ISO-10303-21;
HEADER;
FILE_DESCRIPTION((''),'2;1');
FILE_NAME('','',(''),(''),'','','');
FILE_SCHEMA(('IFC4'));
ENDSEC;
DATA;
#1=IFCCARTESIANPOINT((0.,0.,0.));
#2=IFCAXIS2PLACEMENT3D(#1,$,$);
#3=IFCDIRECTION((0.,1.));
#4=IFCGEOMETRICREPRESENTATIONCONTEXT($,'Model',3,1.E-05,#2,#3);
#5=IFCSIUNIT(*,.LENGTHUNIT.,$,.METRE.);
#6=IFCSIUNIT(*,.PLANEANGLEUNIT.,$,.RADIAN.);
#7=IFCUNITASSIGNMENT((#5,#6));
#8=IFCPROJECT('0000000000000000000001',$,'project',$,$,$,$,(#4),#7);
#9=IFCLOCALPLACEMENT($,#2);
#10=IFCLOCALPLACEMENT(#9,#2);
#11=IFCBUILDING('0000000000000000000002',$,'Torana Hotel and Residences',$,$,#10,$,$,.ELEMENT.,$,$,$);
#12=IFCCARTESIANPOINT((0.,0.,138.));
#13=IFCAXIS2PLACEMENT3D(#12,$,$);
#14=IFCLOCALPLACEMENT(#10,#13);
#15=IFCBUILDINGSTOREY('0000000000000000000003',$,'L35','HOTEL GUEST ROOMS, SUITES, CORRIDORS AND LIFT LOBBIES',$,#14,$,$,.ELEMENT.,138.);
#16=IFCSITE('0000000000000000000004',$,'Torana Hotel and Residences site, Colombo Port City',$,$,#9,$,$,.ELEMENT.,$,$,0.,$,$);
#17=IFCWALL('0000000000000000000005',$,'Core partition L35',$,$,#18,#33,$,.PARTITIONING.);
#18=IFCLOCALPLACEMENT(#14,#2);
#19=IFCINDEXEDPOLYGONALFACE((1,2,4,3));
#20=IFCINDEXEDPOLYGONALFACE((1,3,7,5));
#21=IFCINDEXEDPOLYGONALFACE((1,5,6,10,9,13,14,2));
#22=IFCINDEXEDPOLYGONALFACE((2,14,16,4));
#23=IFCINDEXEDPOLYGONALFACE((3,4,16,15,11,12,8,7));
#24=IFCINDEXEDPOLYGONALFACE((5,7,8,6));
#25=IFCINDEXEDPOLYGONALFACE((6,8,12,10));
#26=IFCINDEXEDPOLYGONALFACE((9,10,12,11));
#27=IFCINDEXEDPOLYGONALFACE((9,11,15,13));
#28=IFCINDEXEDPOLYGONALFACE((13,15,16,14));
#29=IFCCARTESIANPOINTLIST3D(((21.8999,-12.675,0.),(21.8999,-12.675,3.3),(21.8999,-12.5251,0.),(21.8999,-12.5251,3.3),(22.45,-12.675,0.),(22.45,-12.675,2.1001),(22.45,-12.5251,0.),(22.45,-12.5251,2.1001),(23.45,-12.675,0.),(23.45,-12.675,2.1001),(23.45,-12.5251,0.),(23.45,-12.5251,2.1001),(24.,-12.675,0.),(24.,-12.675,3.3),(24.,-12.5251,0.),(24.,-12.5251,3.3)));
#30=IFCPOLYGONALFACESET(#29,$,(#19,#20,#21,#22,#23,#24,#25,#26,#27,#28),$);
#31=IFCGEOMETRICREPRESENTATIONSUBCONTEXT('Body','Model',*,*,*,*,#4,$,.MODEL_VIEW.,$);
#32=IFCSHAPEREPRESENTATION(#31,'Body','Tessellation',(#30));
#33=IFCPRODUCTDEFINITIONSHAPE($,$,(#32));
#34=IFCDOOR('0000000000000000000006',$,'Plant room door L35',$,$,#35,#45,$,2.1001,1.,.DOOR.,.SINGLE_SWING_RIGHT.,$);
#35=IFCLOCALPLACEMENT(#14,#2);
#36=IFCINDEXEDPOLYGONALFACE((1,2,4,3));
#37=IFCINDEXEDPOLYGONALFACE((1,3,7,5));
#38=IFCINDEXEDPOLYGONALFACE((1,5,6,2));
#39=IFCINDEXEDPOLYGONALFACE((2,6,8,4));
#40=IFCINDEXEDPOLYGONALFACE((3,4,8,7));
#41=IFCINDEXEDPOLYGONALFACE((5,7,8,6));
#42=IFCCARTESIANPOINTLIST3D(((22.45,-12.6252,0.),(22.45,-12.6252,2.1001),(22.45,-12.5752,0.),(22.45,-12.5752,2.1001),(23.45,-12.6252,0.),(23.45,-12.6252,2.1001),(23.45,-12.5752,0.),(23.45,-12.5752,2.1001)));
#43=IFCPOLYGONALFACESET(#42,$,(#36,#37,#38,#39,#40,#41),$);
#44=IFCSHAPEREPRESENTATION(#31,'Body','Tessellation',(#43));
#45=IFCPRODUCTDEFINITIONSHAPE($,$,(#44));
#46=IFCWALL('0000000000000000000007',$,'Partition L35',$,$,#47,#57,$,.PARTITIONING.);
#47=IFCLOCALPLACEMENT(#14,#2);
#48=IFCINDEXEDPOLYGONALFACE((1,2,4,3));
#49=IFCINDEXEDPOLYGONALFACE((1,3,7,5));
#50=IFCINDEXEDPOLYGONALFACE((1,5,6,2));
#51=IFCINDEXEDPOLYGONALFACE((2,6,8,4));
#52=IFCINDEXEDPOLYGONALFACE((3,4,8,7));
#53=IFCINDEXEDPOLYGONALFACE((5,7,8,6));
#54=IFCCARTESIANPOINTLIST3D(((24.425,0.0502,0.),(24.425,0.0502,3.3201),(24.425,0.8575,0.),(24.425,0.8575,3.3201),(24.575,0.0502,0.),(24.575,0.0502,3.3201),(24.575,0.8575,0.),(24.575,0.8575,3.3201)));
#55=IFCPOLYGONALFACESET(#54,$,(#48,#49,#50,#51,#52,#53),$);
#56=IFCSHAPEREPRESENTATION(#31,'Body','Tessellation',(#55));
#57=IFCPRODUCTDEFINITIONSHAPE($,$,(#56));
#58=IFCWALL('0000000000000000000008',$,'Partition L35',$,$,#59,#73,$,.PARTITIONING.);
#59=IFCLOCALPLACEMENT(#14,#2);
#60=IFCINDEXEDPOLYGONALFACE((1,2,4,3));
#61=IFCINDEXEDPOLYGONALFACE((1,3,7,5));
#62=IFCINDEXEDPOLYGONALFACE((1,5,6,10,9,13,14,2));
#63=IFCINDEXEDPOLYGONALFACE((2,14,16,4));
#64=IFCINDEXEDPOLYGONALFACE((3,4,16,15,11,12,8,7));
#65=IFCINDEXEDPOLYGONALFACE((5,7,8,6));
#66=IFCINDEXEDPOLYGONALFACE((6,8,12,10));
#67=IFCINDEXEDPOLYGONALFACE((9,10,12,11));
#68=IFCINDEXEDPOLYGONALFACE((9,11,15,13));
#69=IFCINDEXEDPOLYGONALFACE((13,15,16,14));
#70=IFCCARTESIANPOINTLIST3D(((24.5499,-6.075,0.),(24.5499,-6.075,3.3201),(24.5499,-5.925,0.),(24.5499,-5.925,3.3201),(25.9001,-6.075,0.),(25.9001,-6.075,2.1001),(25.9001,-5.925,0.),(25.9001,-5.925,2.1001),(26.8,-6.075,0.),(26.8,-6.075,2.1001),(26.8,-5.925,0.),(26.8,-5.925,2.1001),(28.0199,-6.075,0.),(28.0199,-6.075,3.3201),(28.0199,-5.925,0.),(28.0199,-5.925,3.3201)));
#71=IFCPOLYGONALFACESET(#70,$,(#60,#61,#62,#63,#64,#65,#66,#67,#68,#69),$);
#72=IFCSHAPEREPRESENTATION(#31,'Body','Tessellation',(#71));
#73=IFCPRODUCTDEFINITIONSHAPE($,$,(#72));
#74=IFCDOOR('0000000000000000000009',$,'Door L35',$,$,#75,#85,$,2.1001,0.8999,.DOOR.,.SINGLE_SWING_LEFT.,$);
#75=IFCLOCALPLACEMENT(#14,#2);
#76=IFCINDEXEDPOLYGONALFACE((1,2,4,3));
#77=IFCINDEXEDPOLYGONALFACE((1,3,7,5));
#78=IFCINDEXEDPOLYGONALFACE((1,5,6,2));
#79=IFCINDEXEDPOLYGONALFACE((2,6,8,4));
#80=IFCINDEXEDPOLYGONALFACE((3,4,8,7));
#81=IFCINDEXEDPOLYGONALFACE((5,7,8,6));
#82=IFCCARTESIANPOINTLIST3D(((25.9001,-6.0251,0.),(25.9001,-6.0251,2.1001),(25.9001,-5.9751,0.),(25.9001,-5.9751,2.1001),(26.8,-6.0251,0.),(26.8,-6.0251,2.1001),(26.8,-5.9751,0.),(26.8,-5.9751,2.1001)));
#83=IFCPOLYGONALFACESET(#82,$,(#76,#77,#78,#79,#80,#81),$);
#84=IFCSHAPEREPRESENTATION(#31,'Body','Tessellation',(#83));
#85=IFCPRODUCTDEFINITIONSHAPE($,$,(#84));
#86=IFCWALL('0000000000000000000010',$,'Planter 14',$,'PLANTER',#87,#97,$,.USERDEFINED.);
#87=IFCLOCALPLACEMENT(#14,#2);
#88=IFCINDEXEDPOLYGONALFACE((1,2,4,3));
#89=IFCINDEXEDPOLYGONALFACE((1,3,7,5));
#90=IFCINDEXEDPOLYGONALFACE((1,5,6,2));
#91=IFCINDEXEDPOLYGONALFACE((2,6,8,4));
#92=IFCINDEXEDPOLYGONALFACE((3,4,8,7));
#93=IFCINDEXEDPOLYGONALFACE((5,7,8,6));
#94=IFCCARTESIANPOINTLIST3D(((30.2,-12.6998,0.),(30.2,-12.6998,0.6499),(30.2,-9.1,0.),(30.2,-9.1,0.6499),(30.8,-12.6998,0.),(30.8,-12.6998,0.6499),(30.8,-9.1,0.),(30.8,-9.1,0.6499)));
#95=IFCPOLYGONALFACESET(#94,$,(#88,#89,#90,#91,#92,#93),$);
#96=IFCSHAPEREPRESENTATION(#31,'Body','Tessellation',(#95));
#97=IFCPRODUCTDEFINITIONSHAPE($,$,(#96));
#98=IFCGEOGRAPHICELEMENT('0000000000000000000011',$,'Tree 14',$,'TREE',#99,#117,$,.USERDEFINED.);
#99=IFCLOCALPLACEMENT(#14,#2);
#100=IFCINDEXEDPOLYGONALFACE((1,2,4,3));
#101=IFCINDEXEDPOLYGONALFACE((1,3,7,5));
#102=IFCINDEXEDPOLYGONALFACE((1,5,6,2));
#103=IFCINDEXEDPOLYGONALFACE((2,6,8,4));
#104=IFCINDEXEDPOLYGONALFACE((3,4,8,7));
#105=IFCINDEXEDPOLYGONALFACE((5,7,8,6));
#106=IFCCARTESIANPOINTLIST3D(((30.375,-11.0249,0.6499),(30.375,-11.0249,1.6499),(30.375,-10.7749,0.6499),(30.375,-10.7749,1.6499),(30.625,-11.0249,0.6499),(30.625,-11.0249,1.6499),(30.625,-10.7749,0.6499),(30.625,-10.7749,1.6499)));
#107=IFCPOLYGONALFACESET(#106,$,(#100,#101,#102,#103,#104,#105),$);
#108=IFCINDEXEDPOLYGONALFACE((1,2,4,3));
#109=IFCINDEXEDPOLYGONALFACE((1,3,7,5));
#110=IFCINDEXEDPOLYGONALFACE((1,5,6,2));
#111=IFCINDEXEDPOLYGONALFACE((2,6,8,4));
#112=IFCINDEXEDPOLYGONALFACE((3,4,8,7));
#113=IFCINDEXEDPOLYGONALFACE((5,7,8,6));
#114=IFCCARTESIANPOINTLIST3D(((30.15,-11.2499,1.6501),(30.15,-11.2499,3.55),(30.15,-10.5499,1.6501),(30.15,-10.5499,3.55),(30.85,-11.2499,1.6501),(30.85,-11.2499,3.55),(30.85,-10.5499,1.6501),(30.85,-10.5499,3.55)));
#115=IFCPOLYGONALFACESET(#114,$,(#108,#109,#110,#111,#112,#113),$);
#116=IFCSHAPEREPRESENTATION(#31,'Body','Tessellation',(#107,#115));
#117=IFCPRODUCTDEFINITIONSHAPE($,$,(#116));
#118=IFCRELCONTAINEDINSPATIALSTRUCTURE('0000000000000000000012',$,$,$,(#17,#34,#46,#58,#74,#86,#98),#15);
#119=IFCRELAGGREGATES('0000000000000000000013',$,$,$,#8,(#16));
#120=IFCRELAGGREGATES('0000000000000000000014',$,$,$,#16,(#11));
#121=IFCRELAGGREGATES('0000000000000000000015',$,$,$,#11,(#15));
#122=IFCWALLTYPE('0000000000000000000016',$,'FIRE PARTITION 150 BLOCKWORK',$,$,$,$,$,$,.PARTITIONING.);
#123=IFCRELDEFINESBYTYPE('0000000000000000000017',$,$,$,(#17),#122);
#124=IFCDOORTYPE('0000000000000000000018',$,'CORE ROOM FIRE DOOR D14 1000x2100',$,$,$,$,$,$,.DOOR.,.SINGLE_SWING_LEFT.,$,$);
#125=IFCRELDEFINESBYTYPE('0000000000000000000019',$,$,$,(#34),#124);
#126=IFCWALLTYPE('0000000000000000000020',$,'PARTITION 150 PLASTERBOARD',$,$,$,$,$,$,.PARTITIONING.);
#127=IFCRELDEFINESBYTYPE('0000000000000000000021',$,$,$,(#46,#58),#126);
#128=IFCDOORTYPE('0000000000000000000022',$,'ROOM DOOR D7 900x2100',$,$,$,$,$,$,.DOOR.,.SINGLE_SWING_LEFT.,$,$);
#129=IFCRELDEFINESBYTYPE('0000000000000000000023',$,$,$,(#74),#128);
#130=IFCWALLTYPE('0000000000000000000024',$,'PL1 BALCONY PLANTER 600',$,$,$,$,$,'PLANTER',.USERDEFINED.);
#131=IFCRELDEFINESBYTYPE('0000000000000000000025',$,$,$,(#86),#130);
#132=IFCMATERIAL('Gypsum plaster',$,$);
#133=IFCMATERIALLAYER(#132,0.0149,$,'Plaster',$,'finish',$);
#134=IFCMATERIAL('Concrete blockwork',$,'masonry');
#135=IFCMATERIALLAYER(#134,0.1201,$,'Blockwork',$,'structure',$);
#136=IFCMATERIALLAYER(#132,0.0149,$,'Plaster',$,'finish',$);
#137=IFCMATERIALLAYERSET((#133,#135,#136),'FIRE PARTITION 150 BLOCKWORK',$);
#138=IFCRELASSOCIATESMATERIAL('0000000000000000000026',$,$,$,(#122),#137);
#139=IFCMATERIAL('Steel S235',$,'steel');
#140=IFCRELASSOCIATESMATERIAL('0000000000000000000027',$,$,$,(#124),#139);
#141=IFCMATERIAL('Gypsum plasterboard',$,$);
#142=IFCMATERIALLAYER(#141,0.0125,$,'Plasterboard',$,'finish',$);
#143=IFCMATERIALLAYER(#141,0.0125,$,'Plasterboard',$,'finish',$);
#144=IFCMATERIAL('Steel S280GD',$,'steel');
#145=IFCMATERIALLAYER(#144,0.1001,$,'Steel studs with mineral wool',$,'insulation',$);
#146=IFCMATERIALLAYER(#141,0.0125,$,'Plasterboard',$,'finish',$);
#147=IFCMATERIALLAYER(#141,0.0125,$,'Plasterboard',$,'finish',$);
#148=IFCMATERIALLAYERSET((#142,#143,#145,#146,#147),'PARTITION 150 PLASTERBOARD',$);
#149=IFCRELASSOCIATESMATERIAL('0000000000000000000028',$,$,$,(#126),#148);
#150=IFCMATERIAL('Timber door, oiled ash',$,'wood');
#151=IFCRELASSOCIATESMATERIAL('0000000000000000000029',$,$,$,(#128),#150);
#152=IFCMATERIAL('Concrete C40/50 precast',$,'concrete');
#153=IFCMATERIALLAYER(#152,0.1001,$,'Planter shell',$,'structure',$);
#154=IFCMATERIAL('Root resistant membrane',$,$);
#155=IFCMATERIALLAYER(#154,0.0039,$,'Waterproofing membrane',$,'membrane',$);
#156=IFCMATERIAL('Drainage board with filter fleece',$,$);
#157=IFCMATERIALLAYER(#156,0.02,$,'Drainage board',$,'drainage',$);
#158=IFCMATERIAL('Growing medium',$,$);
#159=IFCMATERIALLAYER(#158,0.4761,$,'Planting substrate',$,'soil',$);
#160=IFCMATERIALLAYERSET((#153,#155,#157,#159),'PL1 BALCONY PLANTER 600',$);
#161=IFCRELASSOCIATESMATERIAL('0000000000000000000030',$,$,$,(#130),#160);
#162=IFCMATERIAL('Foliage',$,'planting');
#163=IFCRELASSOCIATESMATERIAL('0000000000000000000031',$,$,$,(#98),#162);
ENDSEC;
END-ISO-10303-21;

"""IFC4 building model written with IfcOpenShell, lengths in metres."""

from ifc_helpers import new_model, si_unit, direction, frame, frame_2d, origin, origin_2d, place, context, subcontext, project, spatial, rectangle, extrude, material, layer, layer_set, type_object, element, fill, save


model = new_model("IFC4")

# Units and contexts
model_context = context("Model", 3, precision=1e-05, world=origin(), true_north=direction((0.0, 1.0)))
body_context = subcontext(model_context, "Body", "Model", "MODEL_VIEW")
ifc_project = project(units=[si_unit("LENGTHUNIT", "METRE"), si_unit("PLANEANGLEUNIT", "RADIAN")], contexts=[model_context])

# Site, building, storey
site_placement = place(None, origin())
site = spatial("IfcSite", under=ifc_project, at=site_placement, Name="Torana Hotel and Residences site, Colombo Port City", CompositionType="ELEMENT", RefElevation=0.0)
building_placement = place(site_placement, origin())
building = spatial("IfcBuilding", under=site, at=building_placement, Name="Torana Hotel and Residences", CompositionType="ELEMENT")
storey_placement = place(building_placement, frame((0.0, 0.0, 138.0)))
storey = spatial("IfcBuildingStorey", under=building, at=storey_placement, Name="L35", Description="HOTEL GUEST ROOMS, SUITES, CORRIDORS AND LIFT LOBBIES", CompositionType="ELEMENT", Elevation=138.0)

# Shared definitions
ifc_material_1 = material(Name="Steel S280GD", Category="steel")

# Shared definitions
ifc_material_2 = material(Name="Concrete C40/50 precast", Category="concrete")

# Wall, opening, door
ifc_material_3 = material(Name="Gypsum plaster")
ifc_layer_1 = layer(ifc_material_3, 0.0149, Name="Plaster", Category="finish")
ifc_material_4 = material(Name="Concrete blockwork", Category="masonry")
ifc_layer_2 = layer(ifc_material_4, 0.1201, Name="Blockwork", Category="structure")
ifc_layer_3 = layer(ifc_material_3, 0.0149, Name="Plaster", Category="finish")
ifc_layer_set_1 = layer_set([ifc_layer_1, ifc_layer_2, ifc_layer_3], Name="FIRE PARTITION 150 BLOCKWORK")
wall_type_1 = type_object("IfcWallType", Name="FIRE PARTITION 150 BLOCKWORK", PredefinedType="PARTITIONING", material=ifc_layer_set_1)
wall_1_placement = place(storey_placement, frame((21.8999, -12.6001, 0.0), z_axis=(0.0, 0.0, 1.0), x_axis=(1.0, 0.0, 0.0)))
wall_1 = element("IfcWall", 1, at=wall_1_placement, inside=storey, type_object=wall_type_1, Name="Core partition L35", PredefinedType="PARTITIONING", context=body_context, shape_type="SweptSolid", body=[
    extrude(rectangle(XDim=2.1001, YDim=0.1499, at=frame_2d((1.05, 0.0))), origin(), (0.0, 0.0, 1.0), 3.3),
])
opening_1_placement = place(wall_1_placement, frame((0.55, 0.0, 0.0)))
opening_1 = element("IfcOpeningElement", 2, at=opening_1_placement, cuts=wall_1, PredefinedType="OPENING", context=body_context, shape_type="SweptSolid", body=[
    extrude(rectangle(XDim=1.0, YDim=2.1001, at=frame_2d((0.5, 1.05))), frame((0.0, 0.085, 0.0), z_axis=(0.0, -1.0, 0.0), x_axis=(1.0, 0.0, 0.0)), (0.0, 0.0, 1.0), 0.1699),
])
ifc_material_5 = material(Name="Steel S235", Category="steel")
door_type_1 = type_object("IfcDoorType", Name="CORE ROOM FIRE DOOR D14 1000x2100", OperationType="SINGLE_SWING_LEFT", PredefinedType="DOOR", material=ifc_material_5)
door_1_placement = place(opening_1_placement, origin())
door_1 = element("IfcDoor", 3, at=door_1_placement, inside=storey, type_object=door_type_1, Name="Plant room door L35", OperationType="SINGLE_SWING_RIGHT", OverallHeight=2.1001, OverallWidth=1.0, PredefinedType="DOOR", context=body_context, shape_type="SweptSolid", body=[
    extrude(rectangle(XDim=1.0, YDim=2.1001, at=frame_2d((0.5, 1.05))), frame((0.0, 0.0249, 0.0), z_axis=(0.0, -1.0, 0.0), x_axis=(1.0, 0.0, 0.0)), (0.0, 0.0, 1.0), 0.05),
])
fill(opening_1, door_1)

# Wall
ifc_material_6 = material(Name="Gypsum plasterboard")
ifc_layer_4 = layer(ifc_material_6, 0.0125, Name="Plasterboard", Category="finish")
ifc_layer_5 = layer(ifc_material_6, 0.0125, Name="Plasterboard", Category="finish")
ifc_layer_6 = layer(ifc_material_1, 0.1001, Name="Steel studs with mineral wool", Category="insulation")
ifc_layer_7 = layer(ifc_material_6, 0.0125, Name="Plasterboard", Category="finish")
ifc_layer_8 = layer(ifc_material_6, 0.0125, Name="Plasterboard", Category="finish")
ifc_layer_set_2 = layer_set([ifc_layer_4, ifc_layer_5, ifc_layer_6, ifc_layer_7, ifc_layer_8], Name="PARTITION 150 PLASTERBOARD")
wall_type_2 = type_object("IfcWallType", Name="PARTITION 150 PLASTERBOARD", PredefinedType="PARTITIONING", material=ifc_layer_set_2)
wall_2_placement = place(storey_placement, frame((24.5, 0.05, 0.0), z_axis=(0.0, 0.0, 1.0), x_axis=(0.0, 1.0, 0.0)))
element("IfcWall", 4, at=wall_2_placement, inside=storey, type_object=wall_type_2, Name="Partition L35", PredefinedType="PARTITIONING", context=body_context, shape_type="SweptSolid", body=[
    extrude(rectangle(XDim=0.8074, YDim=0.1499, at=frame_2d((0.4038, 0.0))), origin(), (0.0, 0.0, 1.0), 3.3201),
])

# Wall, opening, door
wall_3_placement = place(storey_placement, frame((24.55, -6.0, 0.0), z_axis=(0.0, 0.0, 1.0), x_axis=(1.0, 0.0, 0.0)))
wall_3 = element("IfcWall", 5, at=wall_3_placement, inside=storey, type_object=wall_type_2, Name="Partition L35", PredefinedType="PARTITIONING", context=body_context, shape_type="SweptSolid", body=[
    extrude(rectangle(XDim=3.47, YDim=0.1499, at=frame_2d((1.7349, 0.0))), origin(), (0.0, 0.0, 1.0), 3.3201),
])
opening_2_placement = place(wall_3_placement, frame((1.3501, 0.0, 0.0)))
opening_2 = element("IfcOpeningElement", 6, at=opening_2_placement, cuts=wall_3, PredefinedType="OPENING", context=body_context, shape_type="SweptSolid", body=[
    extrude(rectangle(XDim=0.8999, YDim=2.1001, at=frame_2d((0.45, 1.05))), frame((0.0, 0.085, 0.0), z_axis=(0.0, -1.0, 0.0), x_axis=(1.0, 0.0, 0.0)), (0.0, 0.0, 1.0), 0.1699),
])
ifc_material_7 = material(Name="Timber door, oiled ash", Category="wood")
door_type_2 = type_object("IfcDoorType", Name="ROOM DOOR D7 900x2100", OperationType="SINGLE_SWING_LEFT", PredefinedType="DOOR", material=ifc_material_7)
door_2_placement = place(opening_2_placement, origin())
door_2 = element("IfcDoor", 7, at=door_2_placement, inside=storey, type_object=door_type_2, Name="Door L35", OperationType="SINGLE_SWING_LEFT", OverallHeight=2.1001, OverallWidth=0.8999, PredefinedType="DOOR", context=body_context, shape_type="SweptSolid", body=[
    extrude(rectangle(XDim=0.8999, YDim=2.1001, at=frame_2d((0.45, 1.05))), frame((0.0, 0.0249, 0.0), z_axis=(0.0, -1.0, 0.0), x_axis=(1.0, 0.0, 0.0)), (0.0, 0.0, 1.0), 0.05),
])
fill(opening_2, door_2)

# Wall
ifc_layer_9 = layer(ifc_material_2, 0.1001, Name="Planter shell", Category="structure")
ifc_material_8 = material(Name="Root resistant membrane")
ifc_layer_10 = layer(ifc_material_8, 0.0039, Name="Waterproofing membrane", Category="membrane")
ifc_material_9 = material(Name="Drainage board with filter fleece")
ifc_layer_11 = layer(ifc_material_9, 0.02, Name="Drainage board", Category="drainage")
ifc_material_10 = material(Name="Growing medium")
ifc_layer_12 = layer(ifc_material_10, 0.4761, Name="Planting substrate", Category="soil")
ifc_layer_set_3 = layer_set([ifc_layer_9, ifc_layer_10, ifc_layer_11, ifc_layer_12], Name="PL1 BALCONY PLANTER 600")
wall_type_3 = type_object("IfcWallType", Name="PL1 BALCONY PLANTER 600", ElementType="PLANTER", PredefinedType="USERDEFINED", material=ifc_layer_set_3)
wall_4_placement = place(storey_placement, frame((30.5, -9.1001, 0.0), z_axis=(0.0, 0.0, 1.0), x_axis=(0.0, -1.0, 0.0)))
element("IfcWall", 8, at=wall_4_placement, inside=storey, type_object=wall_type_3, Name="Planter 14", ObjectType="PLANTER", PredefinedType="USERDEFINED", context=body_context, shape_type="SweptSolid", body=[
    extrude(rectangle(XDim=3.5999, YDim=0.6001, at=frame_2d((1.7998, 0.0))), origin(), (0.0, 0.0, 1.0), 0.6499),
])

# Geographic element
ifc_material_11 = material(Name="Foliage", Category="planting")
geographic_element_placement = place(storey_placement, frame((30.5, -10.8999, 0.6499), z_axis=(0.0, 0.0, 1.0), x_axis=(1.0, 0.0, 0.0)))
element("IfcGeographicElement", 9, at=geographic_element_placement, inside=storey, material=ifc_material_11, Name="Tree 14", ObjectType="TREE", PredefinedType="USERDEFINED", context=body_context, shape_type="SweptSolid", body=[
    extrude(rectangle(XDim=0.25, YDim=0.25, at=origin_2d()), origin(), (0.0, 0.0, 1.0), 1.0),
    extrude(rectangle(XDim=0.7, YDim=0.7, at=origin_2d()), frame((0.0, 0.0, 1.0002)), (0.0, 0.0, 1.0), 1.8999),
])

save(model, "model.ifc")
